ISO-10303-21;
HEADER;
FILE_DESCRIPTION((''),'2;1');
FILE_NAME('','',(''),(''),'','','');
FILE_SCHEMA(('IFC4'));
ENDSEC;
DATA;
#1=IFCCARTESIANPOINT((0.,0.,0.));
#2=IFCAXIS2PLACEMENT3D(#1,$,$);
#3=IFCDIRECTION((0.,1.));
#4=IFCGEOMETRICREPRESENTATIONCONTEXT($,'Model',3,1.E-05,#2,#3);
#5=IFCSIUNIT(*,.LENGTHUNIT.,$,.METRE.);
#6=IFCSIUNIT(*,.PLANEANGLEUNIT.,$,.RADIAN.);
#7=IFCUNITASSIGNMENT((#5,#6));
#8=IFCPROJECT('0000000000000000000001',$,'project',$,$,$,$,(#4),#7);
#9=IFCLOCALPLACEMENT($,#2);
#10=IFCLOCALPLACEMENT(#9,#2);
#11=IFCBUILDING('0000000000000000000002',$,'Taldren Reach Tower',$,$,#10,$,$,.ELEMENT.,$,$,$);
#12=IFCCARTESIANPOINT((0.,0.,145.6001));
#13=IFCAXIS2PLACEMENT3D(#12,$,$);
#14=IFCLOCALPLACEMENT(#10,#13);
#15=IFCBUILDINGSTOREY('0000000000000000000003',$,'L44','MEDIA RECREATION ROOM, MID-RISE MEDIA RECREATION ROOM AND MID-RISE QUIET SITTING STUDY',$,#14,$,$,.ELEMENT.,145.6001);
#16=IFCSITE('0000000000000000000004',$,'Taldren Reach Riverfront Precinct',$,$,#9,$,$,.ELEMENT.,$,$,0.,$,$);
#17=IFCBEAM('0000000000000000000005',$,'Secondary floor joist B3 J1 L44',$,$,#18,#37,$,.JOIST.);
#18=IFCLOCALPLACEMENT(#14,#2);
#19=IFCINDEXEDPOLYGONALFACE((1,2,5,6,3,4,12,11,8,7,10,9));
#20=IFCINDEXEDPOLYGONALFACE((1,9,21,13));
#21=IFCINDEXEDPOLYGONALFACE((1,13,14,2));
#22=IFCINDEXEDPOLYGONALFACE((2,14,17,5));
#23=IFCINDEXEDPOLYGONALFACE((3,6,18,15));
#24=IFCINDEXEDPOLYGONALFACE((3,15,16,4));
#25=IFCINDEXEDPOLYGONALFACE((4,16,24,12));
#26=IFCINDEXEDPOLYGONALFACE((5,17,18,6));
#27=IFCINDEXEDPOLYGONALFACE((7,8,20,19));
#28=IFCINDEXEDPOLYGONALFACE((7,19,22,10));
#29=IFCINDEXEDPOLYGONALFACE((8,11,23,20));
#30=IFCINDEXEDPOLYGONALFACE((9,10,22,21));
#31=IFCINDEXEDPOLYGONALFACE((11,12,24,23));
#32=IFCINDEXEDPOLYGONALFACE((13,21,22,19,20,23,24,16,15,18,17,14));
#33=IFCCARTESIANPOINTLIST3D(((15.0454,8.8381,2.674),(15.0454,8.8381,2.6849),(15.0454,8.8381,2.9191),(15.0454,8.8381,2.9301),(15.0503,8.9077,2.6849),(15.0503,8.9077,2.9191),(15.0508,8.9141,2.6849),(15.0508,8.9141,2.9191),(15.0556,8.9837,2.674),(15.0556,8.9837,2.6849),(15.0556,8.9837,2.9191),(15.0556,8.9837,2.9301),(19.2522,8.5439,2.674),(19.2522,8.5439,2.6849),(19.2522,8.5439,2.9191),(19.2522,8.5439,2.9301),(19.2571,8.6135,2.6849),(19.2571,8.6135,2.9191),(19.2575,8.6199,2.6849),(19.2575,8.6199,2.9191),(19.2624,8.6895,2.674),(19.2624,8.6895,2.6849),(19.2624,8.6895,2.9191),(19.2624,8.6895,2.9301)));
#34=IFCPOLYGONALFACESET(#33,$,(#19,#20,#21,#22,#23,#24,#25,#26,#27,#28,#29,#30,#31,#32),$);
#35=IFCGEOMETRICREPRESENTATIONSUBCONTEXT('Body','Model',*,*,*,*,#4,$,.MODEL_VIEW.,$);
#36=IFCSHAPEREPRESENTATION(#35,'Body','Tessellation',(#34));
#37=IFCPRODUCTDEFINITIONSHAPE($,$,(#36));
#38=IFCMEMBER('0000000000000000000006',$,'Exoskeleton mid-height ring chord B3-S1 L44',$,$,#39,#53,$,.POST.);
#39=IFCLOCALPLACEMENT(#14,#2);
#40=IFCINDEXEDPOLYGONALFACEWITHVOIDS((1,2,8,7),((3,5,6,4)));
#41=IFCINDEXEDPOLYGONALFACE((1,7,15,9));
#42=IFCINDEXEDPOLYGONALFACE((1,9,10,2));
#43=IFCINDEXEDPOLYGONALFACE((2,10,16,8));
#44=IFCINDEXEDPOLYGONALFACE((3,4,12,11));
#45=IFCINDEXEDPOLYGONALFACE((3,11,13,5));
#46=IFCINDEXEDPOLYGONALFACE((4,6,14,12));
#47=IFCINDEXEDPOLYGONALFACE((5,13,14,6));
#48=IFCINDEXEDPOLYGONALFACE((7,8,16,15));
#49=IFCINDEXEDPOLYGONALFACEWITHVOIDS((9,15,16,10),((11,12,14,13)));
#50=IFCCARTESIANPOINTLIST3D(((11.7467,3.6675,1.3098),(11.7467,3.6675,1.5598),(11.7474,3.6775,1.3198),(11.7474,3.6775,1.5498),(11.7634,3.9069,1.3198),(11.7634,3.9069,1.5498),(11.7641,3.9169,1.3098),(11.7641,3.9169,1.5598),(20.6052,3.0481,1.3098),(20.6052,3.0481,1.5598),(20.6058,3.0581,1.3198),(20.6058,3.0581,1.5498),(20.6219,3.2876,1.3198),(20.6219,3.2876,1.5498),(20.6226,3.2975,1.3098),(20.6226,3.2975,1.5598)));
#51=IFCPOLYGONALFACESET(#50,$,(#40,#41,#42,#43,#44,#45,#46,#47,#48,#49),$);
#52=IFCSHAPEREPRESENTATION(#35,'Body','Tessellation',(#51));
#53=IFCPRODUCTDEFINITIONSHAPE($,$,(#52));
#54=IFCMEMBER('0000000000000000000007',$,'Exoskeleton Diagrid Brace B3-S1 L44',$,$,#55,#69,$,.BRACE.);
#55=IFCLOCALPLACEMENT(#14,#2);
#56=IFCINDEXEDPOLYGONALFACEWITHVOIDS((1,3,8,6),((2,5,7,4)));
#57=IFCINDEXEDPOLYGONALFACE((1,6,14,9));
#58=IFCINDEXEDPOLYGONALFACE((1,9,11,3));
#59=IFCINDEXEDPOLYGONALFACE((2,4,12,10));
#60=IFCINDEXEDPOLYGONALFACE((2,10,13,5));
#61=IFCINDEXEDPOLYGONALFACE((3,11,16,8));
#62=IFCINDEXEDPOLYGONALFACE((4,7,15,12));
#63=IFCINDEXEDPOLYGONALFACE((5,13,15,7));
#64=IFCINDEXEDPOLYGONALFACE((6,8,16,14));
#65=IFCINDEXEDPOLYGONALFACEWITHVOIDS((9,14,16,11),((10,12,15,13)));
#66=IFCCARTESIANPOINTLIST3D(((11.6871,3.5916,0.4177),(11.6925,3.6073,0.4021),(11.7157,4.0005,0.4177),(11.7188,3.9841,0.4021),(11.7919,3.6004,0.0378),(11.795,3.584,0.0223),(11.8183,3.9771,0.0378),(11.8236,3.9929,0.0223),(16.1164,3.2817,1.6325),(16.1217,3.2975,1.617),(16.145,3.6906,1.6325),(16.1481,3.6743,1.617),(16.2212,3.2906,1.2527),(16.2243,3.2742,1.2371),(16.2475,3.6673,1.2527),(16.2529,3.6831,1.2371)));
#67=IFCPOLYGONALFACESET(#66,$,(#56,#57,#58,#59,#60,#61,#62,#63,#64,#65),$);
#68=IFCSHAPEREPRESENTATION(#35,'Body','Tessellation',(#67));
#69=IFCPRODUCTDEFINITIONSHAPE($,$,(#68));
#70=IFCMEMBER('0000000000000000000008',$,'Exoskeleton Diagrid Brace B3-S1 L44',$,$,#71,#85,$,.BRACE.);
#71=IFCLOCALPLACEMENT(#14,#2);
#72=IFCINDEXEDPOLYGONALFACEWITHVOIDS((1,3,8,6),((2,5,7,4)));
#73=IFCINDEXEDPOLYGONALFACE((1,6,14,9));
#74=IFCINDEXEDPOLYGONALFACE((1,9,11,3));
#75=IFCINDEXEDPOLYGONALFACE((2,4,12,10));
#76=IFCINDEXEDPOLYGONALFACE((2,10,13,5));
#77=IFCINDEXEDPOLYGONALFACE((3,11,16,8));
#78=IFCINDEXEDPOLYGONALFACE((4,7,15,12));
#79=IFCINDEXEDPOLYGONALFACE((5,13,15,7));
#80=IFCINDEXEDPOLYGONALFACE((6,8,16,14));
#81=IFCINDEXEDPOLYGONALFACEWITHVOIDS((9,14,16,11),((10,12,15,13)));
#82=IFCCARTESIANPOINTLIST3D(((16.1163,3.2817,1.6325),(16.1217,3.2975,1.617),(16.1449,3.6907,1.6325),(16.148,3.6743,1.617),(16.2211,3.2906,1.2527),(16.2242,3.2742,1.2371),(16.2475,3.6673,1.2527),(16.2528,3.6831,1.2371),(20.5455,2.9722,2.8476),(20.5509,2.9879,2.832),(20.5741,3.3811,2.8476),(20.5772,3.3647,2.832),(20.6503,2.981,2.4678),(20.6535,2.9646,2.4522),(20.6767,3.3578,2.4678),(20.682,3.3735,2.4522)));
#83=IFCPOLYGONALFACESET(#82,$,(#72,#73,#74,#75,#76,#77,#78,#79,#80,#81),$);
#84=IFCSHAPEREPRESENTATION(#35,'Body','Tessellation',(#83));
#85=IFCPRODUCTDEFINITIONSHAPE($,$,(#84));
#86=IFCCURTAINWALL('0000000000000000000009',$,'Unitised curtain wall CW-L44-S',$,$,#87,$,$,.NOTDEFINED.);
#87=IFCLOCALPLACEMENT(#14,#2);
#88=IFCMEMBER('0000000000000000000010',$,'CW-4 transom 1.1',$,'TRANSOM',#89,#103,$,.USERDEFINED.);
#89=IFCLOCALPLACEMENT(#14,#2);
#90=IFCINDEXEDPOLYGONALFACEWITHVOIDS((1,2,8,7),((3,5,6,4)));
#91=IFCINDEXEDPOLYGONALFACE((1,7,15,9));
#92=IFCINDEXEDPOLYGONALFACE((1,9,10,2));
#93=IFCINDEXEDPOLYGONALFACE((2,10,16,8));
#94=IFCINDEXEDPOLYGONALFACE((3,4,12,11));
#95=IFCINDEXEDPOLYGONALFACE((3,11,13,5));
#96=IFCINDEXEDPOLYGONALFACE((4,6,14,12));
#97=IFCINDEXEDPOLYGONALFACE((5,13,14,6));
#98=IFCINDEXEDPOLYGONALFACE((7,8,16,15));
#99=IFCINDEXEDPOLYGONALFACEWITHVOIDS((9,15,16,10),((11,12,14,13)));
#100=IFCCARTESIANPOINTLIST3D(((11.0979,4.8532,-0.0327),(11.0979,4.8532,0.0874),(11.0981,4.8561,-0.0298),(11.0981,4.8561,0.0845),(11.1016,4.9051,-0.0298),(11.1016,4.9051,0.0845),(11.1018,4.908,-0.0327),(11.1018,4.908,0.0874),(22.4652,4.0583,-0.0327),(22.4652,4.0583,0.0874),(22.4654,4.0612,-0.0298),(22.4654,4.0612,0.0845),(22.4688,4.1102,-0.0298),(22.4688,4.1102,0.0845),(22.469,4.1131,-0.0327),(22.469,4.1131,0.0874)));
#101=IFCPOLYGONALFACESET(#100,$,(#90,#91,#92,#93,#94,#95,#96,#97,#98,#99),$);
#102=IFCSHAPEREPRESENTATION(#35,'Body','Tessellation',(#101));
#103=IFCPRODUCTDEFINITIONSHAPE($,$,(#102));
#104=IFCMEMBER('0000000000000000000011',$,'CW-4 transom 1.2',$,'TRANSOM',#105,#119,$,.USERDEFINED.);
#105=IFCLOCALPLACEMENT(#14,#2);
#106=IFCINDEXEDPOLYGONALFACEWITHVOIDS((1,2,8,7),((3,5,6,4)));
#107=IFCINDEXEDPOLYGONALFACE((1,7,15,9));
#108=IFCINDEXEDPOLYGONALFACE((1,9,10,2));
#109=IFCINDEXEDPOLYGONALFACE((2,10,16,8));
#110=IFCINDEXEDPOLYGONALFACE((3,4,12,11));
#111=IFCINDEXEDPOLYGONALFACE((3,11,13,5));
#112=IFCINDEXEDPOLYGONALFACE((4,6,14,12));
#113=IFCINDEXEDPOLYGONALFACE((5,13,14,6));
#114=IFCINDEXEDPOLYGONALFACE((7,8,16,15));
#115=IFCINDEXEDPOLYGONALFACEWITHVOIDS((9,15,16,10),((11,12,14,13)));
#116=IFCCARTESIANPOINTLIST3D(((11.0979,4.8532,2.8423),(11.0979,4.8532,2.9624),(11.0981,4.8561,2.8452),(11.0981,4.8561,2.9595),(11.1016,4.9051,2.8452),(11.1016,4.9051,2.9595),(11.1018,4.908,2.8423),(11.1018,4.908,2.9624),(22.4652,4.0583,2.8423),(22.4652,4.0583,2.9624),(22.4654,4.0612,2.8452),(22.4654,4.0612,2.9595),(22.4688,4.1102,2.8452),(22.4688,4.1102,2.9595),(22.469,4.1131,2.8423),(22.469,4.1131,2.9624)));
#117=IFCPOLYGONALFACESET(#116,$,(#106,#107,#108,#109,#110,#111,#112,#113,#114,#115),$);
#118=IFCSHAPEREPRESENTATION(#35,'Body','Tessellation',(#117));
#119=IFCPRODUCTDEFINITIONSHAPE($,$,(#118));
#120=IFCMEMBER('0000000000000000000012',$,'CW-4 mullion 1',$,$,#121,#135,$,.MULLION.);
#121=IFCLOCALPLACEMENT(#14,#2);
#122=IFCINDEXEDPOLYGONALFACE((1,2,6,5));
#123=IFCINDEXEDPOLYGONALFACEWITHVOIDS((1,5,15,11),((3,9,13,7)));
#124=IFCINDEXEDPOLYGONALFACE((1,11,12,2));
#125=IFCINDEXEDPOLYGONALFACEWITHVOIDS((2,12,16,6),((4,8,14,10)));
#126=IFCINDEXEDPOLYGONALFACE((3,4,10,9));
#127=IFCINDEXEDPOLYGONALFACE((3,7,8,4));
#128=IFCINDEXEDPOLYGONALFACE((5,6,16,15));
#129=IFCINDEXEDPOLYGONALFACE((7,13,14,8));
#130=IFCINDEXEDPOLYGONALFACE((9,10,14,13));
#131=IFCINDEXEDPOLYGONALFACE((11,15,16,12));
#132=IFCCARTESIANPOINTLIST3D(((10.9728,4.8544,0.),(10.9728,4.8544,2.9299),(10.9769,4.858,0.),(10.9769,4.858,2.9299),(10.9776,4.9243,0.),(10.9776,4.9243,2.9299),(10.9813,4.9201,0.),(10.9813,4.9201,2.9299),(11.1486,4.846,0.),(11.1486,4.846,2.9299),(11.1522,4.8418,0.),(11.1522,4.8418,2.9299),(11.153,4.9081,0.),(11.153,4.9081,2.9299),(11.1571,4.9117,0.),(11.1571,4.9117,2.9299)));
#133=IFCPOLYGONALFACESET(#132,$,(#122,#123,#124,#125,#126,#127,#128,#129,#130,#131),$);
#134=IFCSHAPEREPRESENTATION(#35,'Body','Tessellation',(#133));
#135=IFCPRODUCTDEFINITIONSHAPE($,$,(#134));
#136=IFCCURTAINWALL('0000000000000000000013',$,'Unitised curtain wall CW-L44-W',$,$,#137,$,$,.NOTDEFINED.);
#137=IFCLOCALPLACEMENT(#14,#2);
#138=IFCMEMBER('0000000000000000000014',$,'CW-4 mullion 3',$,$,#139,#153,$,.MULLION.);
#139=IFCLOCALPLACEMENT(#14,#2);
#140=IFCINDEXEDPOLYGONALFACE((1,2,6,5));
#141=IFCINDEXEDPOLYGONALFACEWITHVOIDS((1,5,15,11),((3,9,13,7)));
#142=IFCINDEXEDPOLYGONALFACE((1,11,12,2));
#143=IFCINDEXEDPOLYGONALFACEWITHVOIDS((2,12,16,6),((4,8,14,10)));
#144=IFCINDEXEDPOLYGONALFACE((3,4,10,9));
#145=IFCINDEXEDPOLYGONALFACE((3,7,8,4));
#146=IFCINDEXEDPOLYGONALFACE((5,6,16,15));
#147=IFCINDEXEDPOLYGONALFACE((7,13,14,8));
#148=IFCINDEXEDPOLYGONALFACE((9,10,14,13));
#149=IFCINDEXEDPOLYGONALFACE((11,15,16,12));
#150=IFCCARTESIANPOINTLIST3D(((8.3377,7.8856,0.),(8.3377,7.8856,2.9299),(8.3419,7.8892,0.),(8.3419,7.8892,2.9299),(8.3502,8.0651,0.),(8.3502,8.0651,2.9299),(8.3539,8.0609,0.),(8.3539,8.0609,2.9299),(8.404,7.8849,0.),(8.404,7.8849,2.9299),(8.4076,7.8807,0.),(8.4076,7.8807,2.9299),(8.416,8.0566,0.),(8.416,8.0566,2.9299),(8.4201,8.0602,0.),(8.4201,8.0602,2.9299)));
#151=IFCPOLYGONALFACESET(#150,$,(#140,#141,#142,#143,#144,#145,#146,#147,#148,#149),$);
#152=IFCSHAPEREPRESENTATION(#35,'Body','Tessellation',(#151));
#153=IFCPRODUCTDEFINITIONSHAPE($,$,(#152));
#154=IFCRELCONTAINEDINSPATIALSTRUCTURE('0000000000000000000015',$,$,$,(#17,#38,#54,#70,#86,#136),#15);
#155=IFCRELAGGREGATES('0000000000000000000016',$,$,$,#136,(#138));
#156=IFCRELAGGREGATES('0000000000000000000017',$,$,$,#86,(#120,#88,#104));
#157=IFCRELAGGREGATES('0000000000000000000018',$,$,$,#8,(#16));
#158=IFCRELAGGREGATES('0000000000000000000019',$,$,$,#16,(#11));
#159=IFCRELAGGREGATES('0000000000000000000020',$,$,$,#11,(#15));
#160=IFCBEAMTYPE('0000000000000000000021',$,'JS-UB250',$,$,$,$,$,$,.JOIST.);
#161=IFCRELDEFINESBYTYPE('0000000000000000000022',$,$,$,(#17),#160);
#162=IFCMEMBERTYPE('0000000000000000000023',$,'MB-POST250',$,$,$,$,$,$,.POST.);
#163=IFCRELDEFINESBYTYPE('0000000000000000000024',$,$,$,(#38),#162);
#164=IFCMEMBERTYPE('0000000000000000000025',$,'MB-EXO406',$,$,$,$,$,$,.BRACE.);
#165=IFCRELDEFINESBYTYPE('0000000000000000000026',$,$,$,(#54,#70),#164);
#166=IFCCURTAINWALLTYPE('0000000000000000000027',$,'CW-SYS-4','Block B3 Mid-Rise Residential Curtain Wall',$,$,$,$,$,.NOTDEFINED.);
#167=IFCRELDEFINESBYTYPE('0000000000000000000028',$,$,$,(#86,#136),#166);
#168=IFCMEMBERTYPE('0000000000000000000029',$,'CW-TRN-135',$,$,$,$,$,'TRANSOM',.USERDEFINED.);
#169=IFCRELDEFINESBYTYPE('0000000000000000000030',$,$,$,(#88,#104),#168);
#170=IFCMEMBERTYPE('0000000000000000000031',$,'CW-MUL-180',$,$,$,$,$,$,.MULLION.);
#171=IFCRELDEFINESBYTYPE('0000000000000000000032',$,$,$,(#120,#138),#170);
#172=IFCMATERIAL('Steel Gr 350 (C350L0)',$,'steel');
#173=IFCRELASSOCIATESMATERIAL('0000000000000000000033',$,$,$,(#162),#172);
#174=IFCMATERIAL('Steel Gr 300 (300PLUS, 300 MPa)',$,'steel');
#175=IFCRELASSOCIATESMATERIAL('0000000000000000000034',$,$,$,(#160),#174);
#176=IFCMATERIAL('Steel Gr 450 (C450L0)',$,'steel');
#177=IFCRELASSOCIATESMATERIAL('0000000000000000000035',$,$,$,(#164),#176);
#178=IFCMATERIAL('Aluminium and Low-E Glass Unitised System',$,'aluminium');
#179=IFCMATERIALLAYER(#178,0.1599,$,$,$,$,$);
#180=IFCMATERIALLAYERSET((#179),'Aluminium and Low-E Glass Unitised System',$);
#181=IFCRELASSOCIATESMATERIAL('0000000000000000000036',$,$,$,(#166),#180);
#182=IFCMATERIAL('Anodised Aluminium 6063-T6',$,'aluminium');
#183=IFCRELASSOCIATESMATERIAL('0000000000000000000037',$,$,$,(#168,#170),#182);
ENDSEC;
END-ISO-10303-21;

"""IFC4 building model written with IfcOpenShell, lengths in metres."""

from ifc_helpers import new_model, si_unit, direction, frame, origin, origin_2d, place, context, subcontext, project, spatial, hollow_rectangle, i_section, extrude, source, transform, mapped, material, layer, layer_set, material_profile, profile_set, type_object, element, aggregate, save


model = new_model("IFC4")

# Units and contexts
model_context = context("Model", 3, precision=1e-05, world=origin(), true_north=direction((0.0, 1.0)))
body_context = subcontext(model_context, "Body", "Model", "MODEL_VIEW")
ifc_project = project(units=[si_unit("LENGTHUNIT", "METRE"), si_unit("PLANEANGLEUNIT", "RADIAN")], contexts=[model_context])

# Site, building, storey
site_placement = place(None, origin())
site = spatial("IfcSite", under=ifc_project, at=site_placement, Name="Taldren Reach Riverfront Precinct", CompositionType="ELEMENT", RefElevation=0.0)
building_placement = place(site_placement, origin())
building = spatial("IfcBuilding", under=site, at=building_placement, Name="Taldren Reach Tower", CompositionType="ELEMENT")
storey_placement = place(building_placement, frame((0.0, 0.0, 145.6001)))
storey = spatial("IfcBuildingStorey", under=building, at=storey_placement, Name="L44", Description="MEDIA RECREATION ROOM, MID-RISE MEDIA RECREATION ROOM AND MID-RISE QUIET SITTING STUDY", CompositionType="ELEMENT", Elevation=145.6001)

# Shared definitions
ifc_material_1 = material(Name="Steel Gr 450 (C450L0)", Category="steel")

# Shared definitions
ifc_material_2 = material(Name="Steel Gr 350 (C350L0)", Category="steel")
ifc_material_profile_1 = material_profile(ifc_material_2, hollow_rectangle(XDim=0.25, YDim=0.25, WallThickness=0.01, at=origin_2d()), Name="250x250x10.0SHS")
ifc_profile_set_1 = profile_set([ifc_material_profile_1], Name="Steel Gr 350 (C350L0)")
member_type_1 = type_object("IfcMemberType", Name="MB-POST250", PredefinedType="POST", material=ifc_profile_set_1)

# Beam
ifc_material_3 = material(Name="Steel Gr 300 (300PLUS, 300 MPa)", Category="steel")
ifc_material_profile_2 = material_profile(ifc_material_3, i_section(OverallWidth=0.146, OverallDepth=0.2561, WebThickness=0.0063, FlangeThickness=0.011, at=origin_2d()), Name="250UB37.3")
ifc_profile_set_2 = profile_set([ifc_material_profile_2], Name="Steel Gr 300 (300PLUS, 300 MPa)")
beam_type_1 = type_object("IfcBeamType", Name="JS-UB250", PredefinedType="JOIST", material=ifc_profile_set_2)
shared_shape_1 = source(origin(), body_context, "Body", "SweptSolid", [
    extrude(i_section(OverallWidth=0.146, OverallDepth=0.2561, WebThickness=0.0063, FlangeThickness=0.011, at=origin_2d()), origin(), (0.0, 0.0, 1.0), 4.217),
])
beam_1_placement = place(storey_placement, frame((15.0505, 8.9109, 2.802), z_axis=(0.997564, -0.069762, 0.0), x_axis=(0.069762, 0.997564, 0.0)))
element("IfcBeam", 1, at=beam_1_placement, inside=storey, type_object=beam_type_1, Name="Secondary floor joist B3 J1 L44", PredefinedType="JOIST", context=body_context, shape_type="MappedRepresentation", body=[
    mapped(shared_shape_1, transform((0.0, 0.0, 0.0), scale=1.0)),
])

# Members
shared_shape_2 = source(origin(), body_context, "Body", "SweptSolid", [
    extrude(hollow_rectangle(XDim=0.25, YDim=0.25, WallThickness=0.01, at=origin_2d()), origin(), (0.0, 0.0, 1.0), 8.8801),
])
member_1_placement = place(storey_placement, frame((11.7554, 3.7922, 1.4348), z_axis=(0.997564, -0.06975, 0.0), x_axis=(0.06975, 0.997564, 0.0)))
element("IfcMember", 2, at=member_1_placement, inside=storey, type_object=member_type_1, Name="Exoskeleton mid-height ring chord B3-S1 L44", PredefinedType="POST", context=body_context, shape_type="MappedRepresentation", body=[
    mapped(shared_shape_2, transform((0.0, 0.0, 0.0), scale=1.0)),
])
ifc_material_profile_3 = material_profile(ifc_material_1, hollow_rectangle(XDim=0.4099, YDim=0.4099, WallThickness=0.0161, at=origin_2d()), Name="410x410x16.0SHS")
ifc_profile_set_3 = profile_set([ifc_material_profile_3], Name="Steel Gr 450 (C450L0)")
member_type_2 = type_object("IfcMemberType", Name="MB-EXO406", PredefinedType="BRACE", material=ifc_profile_set_3)
shared_shape_3 = source(origin(), body_context, "Body", "SweptSolid", [
    extrude(hollow_rectangle(XDim=0.4099, YDim=0.4099, WallThickness=0.0161, at=origin_2d()), origin(), (0.0, 0.0, 1.0), 4.6033),
])
for number, where, z_axis, x_axis, name in (
    (3, (11.7554, 3.7922, 0.22), (0.962196, -0.067304, 0.263912), (0.069778, 0.997563, 0.0), "Exoskeleton Diagrid Brace B3-S1 L44"),
    (4, (16.1846, 3.4824, 1.4348), (0.962186, -0.06725, 0.263962), (0.069723, 0.997566, 0.0), "Exoskeleton Diagrid Brace B3-S1 L44"),
):
    element("IfcMember", number, at=place(storey_placement, frame(where, z_axis=z_axis, x_axis=x_axis)), inside=storey, type_object=member_type_2, Name=name, PredefinedType="BRACE", context=body_context, shape_type="MappedRepresentation", body=[
        mapped(shared_shape_3, transform((0.0, 0.0, 0.0), scale=1.0)),
    ])

# Curtain wall, members
ifc_material_4 = material(Name="Aluminium and Low-E Glass Unitised System", Category="aluminium")
ifc_layer_1 = layer(ifc_material_4, 0.1599)
ifc_layer_set_1 = layer_set([ifc_layer_1], Name="Aluminium and Low-E Glass Unitised System")
curtain_wall_type = type_object("IfcCurtainWallType", Name="CW-SYS-4", Description="Block B3 Mid-Rise Residential Curtain Wall", PredefinedType="NOTDEFINED", material=ifc_layer_set_1)
curtain_wall_1_placement = place(storey_placement, origin())
curtain_wall_1 = element("IfcCurtainWall", 5, at=curtain_wall_1_placement, inside=storey, type_object=curtain_wall_type, Name="Unitised curtain wall CW-L44-S", PredefinedType="NOTDEFINED")
ifc_material_5 = material(Name="Anodised Aluminium 6063-T6", Category="aluminium")
ifc_material_profile_4 = material_profile(ifc_material_5, hollow_rectangle(XDim=0.0549, YDim=0.1201, WallThickness=0.0029, at=origin_2d()), Name="ALU-120x55x3RHS")
ifc_profile_set_4 = profile_set([ifc_material_profile_4], Name="Anodised Aluminium 6063-T6")
member_type_3 = type_object("IfcMemberType", Name="CW-TRN-135", ElementType="TRANSOM", PredefinedType="USERDEFINED", material=ifc_profile_set_4)
shared_shape_4 = source(origin(), body_context, "Body", "SweptSolid", [
    extrude(hollow_rectangle(XDim=0.0549, YDim=0.1201, WallThickness=0.0029, at=origin_2d()), origin(), (0.0, 0.0, 1.0), 11.395),
])
member_2_placement = place(storey_placement, frame((11.0999, 4.8806, 0.0273), z_axis=(0.997564, -0.069761, 0.0), x_axis=(0.069761, 0.997564, 0.0)))
member_2 = element("IfcMember", 6, at=member_2_placement, type_object=member_type_3, Name="CW-4 transom 1.1", ObjectType="TRANSOM", PredefinedType="USERDEFINED", context=body_context, shape_type="MappedRepresentation", body=[
    mapped(shared_shape_4, transform((0.0, 0.0, 0.0), scale=1.0)),
])
member_3_placement = place(storey_placement, frame((11.0999, 4.8806, 2.9023), z_axis=(0.997564, -0.069761, 0.0), x_axis=(0.069761, 0.997564, 0.0)))
member_3 = element("IfcMember", 7, at=member_3_placement, type_object=member_type_3, Name="CW-4 transom 1.2", ObjectType="TRANSOM", PredefinedType="USERDEFINED", context=body_context, shape_type="MappedRepresentation", body=[
    mapped(shared_shape_4, transform((0.0, 0.0, 0.0), scale=1.0)),
])
ifc_material_profile_5 = material_profile(ifc_material_5, hollow_rectangle(XDim=0.0701, YDim=0.1799, WallThickness=0.0039, at=origin_2d()), Name="ALU-180x70x4RHS")
ifc_profile_set_5 = profile_set([ifc_material_profile_5], Name="Anodised Aluminium 6063-T6")
member_type_4 = type_object("IfcMemberType", Name="CW-MUL-180", PredefinedType="MULLION", material=ifc_profile_set_5)
shared_shape_5 = source(origin(), body_context, "Body", "SweptSolid", [
    extrude(hollow_rectangle(XDim=0.0701, YDim=0.1799, WallThickness=0.0039, at=origin_2d()), origin(), (0.0, 0.0, 1.0), 2.9299),
])
member_4_placement = place(storey_placement, frame((11.0649, 4.8831, 0.0), z_axis=(0.0, 0.0, 1.0), x_axis=(0.069757, 0.997564, 0.0)))
member_4 = element("IfcMember", 8, at=member_4_placement, type_object=member_type_4, Name="CW-4 mullion 1", PredefinedType="MULLION", context=body_context, shape_type="MappedRepresentation", body=[
    mapped(shared_shape_5, transform((0.0, 0.0, 0.0), scale=1.0)),
])

# Curtain wall, member
curtain_wall_2_placement = place(storey_placement, origin())
curtain_wall_2 = element("IfcCurtainWall", 9, at=curtain_wall_2_placement, inside=storey, type_object=curtain_wall_type, Name="Unitised curtain wall CW-L44-W", PredefinedType="NOTDEFINED")
member_5_placement = place(storey_placement, frame((8.3789, 7.9729, 0.0), z_axis=(0.0, 0.0, 1.0), x_axis=(0.997564, -0.069756, 0.0)))
member_5 = element("IfcMember", 10, at=member_5_placement, type_object=member_type_4, Name="CW-4 mullion 3", PredefinedType="MULLION", context=body_context, shape_type="MappedRepresentation", body=[
    mapped(shared_shape_5, transform((0.0, 0.0, 0.0), scale=1.0)),
])
aggregate(curtain_wall_2, [member_5])

aggregate(curtain_wall_1, [member_4, member_2, member_3])

save(model, "model.ifc")
